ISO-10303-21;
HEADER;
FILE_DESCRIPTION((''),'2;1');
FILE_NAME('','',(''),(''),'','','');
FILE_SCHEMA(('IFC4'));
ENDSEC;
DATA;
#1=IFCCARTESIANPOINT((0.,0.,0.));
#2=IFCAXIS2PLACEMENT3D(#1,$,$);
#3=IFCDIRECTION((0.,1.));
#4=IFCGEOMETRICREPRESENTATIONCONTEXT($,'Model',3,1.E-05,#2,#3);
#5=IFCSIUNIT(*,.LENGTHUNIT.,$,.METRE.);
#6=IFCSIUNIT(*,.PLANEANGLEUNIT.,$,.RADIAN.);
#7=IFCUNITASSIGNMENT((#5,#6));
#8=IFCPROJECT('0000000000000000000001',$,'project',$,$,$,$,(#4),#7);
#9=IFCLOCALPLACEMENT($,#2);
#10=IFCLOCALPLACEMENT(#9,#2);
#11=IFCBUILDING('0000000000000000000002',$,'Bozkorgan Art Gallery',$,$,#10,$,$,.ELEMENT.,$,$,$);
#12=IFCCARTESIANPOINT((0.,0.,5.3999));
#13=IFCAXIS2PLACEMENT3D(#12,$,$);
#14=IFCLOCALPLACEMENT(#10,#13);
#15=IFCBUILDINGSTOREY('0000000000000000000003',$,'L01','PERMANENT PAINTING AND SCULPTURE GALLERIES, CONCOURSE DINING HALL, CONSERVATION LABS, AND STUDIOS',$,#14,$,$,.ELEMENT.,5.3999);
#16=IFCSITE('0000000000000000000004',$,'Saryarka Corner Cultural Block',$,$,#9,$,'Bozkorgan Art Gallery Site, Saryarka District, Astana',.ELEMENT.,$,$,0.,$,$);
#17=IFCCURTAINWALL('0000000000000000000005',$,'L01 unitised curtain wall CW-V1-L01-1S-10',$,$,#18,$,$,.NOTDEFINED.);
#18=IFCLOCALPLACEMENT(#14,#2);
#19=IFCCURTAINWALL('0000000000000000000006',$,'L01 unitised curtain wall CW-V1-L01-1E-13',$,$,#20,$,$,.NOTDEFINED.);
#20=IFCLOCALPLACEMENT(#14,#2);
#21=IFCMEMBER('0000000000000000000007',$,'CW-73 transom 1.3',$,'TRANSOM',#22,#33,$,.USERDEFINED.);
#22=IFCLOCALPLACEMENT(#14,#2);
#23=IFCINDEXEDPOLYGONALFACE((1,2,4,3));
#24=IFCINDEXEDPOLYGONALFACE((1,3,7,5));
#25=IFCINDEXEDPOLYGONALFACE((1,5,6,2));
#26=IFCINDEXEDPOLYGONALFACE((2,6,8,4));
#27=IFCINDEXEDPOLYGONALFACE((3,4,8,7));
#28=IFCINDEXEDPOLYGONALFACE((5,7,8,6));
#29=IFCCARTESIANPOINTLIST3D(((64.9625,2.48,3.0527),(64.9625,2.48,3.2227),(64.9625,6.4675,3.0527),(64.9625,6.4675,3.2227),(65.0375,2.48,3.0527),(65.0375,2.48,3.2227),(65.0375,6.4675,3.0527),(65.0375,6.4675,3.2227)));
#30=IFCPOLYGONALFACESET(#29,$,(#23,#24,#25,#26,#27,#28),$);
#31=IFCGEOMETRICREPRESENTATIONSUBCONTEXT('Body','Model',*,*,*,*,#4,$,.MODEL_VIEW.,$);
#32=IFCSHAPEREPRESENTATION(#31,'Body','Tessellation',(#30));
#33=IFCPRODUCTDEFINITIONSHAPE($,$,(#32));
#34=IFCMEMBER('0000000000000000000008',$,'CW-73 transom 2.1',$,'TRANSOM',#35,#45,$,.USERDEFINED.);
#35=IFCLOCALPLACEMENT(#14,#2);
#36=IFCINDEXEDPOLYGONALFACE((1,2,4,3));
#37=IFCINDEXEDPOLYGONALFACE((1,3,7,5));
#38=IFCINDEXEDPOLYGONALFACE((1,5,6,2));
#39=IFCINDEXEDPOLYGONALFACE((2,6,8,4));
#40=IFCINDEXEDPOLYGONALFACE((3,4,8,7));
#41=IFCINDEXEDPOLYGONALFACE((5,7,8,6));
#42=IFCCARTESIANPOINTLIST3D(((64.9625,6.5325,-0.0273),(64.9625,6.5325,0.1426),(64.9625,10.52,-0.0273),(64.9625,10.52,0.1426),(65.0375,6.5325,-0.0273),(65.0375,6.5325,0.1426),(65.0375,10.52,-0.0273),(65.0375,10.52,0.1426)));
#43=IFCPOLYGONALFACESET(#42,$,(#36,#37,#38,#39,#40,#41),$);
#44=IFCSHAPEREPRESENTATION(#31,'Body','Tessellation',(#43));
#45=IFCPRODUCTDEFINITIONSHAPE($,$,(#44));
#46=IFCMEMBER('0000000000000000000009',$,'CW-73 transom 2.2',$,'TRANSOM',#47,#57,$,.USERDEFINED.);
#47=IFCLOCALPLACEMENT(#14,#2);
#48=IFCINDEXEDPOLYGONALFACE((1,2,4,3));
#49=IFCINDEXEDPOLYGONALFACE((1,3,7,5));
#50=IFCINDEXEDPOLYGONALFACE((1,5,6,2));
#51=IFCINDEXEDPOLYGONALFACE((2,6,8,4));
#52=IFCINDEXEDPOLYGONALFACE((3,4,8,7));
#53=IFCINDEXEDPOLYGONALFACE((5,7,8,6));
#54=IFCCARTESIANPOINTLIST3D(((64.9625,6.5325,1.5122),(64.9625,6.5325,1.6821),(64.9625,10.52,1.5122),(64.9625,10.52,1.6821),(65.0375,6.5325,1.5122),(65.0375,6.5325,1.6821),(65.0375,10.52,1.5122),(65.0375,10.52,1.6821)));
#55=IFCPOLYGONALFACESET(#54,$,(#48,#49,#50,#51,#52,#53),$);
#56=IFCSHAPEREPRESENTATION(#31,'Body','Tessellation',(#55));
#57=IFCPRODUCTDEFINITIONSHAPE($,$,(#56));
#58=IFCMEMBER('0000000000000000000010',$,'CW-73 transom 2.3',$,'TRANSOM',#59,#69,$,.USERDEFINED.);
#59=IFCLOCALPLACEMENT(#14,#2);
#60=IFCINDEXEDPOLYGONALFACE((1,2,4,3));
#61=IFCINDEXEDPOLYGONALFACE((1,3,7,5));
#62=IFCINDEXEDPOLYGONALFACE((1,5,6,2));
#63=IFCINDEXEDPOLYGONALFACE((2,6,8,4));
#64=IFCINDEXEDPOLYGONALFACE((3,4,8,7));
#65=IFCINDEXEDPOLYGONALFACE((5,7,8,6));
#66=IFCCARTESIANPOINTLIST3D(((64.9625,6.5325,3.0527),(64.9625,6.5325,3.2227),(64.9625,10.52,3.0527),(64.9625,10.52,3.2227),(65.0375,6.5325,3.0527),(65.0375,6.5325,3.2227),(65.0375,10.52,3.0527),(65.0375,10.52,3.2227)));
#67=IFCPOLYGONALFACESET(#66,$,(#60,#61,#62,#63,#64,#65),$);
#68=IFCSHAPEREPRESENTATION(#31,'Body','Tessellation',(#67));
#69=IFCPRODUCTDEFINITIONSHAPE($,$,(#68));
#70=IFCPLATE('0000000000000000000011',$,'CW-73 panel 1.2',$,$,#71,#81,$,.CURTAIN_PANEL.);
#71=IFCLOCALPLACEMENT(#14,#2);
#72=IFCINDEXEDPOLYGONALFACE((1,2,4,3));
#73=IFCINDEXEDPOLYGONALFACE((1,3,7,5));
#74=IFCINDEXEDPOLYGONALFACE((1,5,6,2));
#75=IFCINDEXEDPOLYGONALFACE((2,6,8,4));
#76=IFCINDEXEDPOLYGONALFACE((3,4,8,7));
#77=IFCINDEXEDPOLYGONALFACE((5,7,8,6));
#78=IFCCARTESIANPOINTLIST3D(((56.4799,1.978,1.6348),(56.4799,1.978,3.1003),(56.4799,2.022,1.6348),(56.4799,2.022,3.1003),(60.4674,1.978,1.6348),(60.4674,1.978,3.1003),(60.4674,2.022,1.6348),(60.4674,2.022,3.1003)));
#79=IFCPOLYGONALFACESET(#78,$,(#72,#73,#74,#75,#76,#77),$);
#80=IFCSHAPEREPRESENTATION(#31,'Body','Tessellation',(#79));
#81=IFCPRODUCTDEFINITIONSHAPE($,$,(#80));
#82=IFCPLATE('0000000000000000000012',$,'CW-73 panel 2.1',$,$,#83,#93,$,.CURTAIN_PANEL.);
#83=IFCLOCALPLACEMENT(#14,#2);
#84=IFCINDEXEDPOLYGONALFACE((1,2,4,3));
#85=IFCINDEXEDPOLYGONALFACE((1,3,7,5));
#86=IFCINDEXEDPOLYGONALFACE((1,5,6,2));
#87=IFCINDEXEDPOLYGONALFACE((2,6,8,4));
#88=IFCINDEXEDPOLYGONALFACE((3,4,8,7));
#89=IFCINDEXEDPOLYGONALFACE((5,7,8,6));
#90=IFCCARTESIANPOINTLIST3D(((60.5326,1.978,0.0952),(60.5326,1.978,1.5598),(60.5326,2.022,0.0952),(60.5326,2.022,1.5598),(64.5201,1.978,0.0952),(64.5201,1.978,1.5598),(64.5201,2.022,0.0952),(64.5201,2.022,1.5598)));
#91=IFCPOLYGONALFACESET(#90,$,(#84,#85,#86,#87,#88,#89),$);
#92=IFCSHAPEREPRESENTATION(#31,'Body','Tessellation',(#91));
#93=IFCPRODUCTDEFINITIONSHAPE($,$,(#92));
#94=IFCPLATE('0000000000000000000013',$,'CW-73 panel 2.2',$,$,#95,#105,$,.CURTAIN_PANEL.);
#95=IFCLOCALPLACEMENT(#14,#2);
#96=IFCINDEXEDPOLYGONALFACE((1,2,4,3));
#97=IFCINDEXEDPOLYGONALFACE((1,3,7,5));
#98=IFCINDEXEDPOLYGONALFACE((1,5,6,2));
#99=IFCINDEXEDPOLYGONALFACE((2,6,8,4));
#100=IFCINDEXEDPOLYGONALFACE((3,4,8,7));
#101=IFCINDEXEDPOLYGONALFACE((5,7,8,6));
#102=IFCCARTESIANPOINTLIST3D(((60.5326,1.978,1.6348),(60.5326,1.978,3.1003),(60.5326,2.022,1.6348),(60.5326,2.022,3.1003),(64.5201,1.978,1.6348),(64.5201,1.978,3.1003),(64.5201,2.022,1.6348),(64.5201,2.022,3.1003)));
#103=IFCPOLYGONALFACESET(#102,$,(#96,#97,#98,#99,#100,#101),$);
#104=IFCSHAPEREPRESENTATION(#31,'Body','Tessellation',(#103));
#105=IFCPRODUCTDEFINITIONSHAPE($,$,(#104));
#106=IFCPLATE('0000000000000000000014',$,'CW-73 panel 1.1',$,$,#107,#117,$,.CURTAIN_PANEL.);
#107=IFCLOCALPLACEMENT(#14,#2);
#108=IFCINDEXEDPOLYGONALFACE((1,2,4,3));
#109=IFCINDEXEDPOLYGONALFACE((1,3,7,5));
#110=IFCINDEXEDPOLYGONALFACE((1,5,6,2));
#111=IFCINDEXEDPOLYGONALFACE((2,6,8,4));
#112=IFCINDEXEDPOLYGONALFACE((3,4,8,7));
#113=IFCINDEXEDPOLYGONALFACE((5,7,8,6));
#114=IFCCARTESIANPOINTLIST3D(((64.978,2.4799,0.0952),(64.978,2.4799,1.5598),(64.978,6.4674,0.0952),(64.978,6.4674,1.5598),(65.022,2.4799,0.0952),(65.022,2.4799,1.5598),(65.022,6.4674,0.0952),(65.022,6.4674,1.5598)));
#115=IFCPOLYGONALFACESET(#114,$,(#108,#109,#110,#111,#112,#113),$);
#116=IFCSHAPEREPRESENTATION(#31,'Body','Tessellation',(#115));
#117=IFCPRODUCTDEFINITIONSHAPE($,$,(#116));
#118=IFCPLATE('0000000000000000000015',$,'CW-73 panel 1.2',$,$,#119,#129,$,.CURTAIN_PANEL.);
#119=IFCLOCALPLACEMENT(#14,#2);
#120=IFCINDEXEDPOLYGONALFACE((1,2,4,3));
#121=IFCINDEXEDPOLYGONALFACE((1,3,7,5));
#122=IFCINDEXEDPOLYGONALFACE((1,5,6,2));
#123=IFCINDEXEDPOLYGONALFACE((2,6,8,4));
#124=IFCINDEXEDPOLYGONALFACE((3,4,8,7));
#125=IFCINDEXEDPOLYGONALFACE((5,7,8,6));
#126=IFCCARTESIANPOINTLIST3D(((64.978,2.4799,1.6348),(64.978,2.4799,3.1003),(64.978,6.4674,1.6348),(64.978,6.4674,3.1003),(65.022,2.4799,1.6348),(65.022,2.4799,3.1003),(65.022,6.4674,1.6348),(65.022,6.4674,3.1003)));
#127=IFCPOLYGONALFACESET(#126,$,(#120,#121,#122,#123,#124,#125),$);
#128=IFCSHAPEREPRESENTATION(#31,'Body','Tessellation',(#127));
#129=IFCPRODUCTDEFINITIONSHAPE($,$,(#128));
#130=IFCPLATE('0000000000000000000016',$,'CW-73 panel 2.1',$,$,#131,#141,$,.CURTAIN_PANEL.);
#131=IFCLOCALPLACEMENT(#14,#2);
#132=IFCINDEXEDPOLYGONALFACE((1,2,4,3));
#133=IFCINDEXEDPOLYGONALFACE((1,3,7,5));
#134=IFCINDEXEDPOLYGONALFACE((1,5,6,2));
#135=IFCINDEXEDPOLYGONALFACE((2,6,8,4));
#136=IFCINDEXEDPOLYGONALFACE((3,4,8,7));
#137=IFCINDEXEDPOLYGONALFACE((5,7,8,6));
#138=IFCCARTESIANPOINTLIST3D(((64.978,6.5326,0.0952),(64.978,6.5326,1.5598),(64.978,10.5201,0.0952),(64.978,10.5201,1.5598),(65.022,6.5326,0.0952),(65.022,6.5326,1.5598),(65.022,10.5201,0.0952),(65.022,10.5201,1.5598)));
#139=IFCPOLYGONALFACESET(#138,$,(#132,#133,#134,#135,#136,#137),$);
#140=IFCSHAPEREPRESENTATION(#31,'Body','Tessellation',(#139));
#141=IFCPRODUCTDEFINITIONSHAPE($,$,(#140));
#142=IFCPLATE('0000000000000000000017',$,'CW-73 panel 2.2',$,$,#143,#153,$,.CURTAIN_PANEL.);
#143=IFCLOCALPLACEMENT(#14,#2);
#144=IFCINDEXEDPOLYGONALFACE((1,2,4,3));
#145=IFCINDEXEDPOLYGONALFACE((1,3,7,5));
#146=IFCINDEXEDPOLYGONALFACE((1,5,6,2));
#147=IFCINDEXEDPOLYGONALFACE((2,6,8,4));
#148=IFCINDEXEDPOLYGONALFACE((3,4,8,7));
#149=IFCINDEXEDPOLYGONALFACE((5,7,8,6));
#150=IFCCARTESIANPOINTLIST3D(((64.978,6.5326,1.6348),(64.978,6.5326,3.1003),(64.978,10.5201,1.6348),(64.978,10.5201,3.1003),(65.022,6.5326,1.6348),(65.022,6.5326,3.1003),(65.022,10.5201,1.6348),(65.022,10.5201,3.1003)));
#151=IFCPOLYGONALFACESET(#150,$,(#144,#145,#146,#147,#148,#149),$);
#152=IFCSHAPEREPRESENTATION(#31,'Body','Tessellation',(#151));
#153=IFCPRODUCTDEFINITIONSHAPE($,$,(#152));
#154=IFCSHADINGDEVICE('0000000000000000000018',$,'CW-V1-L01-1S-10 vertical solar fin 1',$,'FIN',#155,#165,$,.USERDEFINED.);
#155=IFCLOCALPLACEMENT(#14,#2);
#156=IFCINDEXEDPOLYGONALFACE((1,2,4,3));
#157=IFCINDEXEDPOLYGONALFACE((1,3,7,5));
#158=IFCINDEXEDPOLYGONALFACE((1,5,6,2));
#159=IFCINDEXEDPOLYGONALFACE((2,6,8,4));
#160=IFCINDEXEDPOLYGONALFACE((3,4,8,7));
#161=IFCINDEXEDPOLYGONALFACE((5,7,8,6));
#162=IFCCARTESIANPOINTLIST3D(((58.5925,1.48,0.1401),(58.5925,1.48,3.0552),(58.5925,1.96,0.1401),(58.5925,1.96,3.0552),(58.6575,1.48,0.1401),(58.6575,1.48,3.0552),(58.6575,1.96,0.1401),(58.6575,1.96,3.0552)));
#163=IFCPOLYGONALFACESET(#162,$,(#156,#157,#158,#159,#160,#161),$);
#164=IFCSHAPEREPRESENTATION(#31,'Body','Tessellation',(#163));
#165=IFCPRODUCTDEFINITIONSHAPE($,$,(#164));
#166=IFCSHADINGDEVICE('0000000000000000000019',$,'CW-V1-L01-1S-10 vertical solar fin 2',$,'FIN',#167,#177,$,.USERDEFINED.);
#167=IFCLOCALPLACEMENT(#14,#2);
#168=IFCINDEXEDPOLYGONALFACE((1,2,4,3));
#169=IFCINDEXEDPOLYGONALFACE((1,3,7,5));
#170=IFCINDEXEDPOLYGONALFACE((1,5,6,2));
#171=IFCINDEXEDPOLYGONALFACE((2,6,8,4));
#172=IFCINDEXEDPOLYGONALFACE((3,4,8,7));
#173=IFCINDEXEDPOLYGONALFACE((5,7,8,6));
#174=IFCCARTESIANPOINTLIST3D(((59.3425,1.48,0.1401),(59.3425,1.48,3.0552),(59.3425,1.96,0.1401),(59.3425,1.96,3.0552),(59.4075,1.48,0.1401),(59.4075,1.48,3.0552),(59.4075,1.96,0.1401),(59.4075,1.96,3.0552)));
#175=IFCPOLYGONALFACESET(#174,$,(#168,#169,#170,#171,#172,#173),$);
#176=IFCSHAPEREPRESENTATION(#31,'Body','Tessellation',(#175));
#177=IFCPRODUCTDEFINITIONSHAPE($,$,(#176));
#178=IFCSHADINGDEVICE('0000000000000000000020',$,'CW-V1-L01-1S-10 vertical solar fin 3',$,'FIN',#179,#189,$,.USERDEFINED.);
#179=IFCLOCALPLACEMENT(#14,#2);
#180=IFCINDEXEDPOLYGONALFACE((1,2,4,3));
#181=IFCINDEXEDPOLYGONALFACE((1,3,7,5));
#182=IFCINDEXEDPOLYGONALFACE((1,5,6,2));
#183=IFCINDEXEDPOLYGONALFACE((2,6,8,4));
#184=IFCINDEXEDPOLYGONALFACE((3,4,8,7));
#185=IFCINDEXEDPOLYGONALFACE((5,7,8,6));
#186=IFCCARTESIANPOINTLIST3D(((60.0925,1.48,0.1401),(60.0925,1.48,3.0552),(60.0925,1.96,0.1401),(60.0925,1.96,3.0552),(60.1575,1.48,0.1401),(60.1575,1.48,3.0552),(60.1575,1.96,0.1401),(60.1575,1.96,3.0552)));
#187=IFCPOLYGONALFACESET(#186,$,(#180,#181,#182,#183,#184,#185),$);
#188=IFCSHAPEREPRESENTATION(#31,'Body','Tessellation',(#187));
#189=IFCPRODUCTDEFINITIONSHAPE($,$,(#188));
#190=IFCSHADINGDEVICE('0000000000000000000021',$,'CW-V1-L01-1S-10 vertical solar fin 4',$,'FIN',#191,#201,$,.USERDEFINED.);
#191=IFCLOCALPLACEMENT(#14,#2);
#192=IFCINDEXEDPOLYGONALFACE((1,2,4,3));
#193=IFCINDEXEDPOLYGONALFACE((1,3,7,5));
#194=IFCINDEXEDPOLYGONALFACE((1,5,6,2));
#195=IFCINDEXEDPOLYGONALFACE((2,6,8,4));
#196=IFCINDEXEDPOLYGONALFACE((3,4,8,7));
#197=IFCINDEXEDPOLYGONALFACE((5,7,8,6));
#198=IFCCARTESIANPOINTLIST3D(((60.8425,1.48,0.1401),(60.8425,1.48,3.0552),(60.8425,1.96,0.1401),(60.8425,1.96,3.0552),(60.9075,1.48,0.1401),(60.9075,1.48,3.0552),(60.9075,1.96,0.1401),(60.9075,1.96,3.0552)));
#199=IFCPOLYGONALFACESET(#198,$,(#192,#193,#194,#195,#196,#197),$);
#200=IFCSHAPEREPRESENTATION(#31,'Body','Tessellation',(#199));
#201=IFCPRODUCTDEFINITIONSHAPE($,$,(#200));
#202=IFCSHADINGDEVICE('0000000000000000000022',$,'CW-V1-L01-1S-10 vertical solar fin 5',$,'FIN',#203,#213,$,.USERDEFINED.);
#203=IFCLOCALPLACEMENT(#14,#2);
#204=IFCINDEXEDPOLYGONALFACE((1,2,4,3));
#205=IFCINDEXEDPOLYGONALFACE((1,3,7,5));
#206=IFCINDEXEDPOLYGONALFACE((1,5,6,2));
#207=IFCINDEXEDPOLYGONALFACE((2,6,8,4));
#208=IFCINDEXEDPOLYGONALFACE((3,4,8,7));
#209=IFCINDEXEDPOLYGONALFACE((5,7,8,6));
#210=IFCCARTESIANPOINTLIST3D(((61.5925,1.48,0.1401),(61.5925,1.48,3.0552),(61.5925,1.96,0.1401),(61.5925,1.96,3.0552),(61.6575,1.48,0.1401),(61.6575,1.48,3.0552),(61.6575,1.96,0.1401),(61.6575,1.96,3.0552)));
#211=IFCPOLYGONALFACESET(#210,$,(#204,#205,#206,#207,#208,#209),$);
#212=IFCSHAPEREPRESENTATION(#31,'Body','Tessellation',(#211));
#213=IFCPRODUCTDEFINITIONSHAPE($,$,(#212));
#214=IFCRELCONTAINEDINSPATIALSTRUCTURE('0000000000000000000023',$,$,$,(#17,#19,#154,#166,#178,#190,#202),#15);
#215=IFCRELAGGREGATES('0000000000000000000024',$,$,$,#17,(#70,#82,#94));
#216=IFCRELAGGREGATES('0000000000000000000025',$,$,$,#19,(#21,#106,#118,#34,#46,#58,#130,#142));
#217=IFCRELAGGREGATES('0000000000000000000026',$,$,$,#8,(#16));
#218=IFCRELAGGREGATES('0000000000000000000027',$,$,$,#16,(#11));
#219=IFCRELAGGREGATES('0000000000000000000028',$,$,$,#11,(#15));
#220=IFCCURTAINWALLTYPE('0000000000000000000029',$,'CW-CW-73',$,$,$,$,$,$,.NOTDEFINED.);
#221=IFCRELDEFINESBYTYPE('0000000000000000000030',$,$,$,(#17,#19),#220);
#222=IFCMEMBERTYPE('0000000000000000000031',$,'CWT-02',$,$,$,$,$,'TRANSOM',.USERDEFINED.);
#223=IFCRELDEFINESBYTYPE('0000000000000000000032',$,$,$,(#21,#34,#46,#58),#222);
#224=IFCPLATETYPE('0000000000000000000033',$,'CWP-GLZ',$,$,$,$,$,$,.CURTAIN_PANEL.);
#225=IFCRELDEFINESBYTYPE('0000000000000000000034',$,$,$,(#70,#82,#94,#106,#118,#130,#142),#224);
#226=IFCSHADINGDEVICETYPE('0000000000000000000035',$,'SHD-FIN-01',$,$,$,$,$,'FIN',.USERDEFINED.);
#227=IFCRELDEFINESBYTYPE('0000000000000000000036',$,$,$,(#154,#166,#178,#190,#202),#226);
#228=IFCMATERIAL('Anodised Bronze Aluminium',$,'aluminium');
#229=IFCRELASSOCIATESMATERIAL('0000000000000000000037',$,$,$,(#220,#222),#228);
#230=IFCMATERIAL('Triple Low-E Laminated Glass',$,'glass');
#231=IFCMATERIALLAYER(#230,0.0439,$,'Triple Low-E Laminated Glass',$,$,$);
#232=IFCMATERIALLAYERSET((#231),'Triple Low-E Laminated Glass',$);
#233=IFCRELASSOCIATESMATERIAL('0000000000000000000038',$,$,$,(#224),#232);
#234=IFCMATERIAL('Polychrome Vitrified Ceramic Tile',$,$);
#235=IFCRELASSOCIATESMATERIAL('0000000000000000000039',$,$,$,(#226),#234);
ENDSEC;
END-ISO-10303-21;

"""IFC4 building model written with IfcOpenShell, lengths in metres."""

from ifc_helpers import new_model, si_unit, direction, frame, origin, origin_2d, place, context, subcontext, project, spatial, rectangle, extrude, material, layer, layer_set, material_profile, profile_set, type_object, element, aggregate, save


model = new_model("IFC4")

# Units and contexts
model_context = context("Model", 3, precision=1e-05, world=origin(), true_north=direction((0.0, 1.0)))
body_context = subcontext(model_context, "Body", "Model", "MODEL_VIEW")
ifc_project = project(units=[si_unit("LENGTHUNIT", "METRE"), si_unit("PLANEANGLEUNIT", "RADIAN")], contexts=[model_context])

# Site, building, storey
site_placement = place(None, origin())
site = spatial("IfcSite", under=ifc_project, at=site_placement, Name="Saryarka Corner Cultural Block", LongName="Bozkorgan Art Gallery Site, Saryarka District, Astana", CompositionType="ELEMENT", RefElevation=0.0)
building_placement = place(site_placement, origin())
building = spatial("IfcBuilding", under=site, at=building_placement, Name="Bozkorgan Art Gallery", CompositionType="ELEMENT")
storey_placement = place(building_placement, frame((0.0, 0.0, 5.3999)))
storey = spatial("IfcBuildingStorey", under=building, at=storey_placement, Name="L01", Description="PERMANENT PAINTING AND SCULPTURE GALLERIES, CONCOURSE DINING HALL, CONSERVATION LABS, AND STUDIOS", CompositionType="ELEMENT", Elevation=5.3999)

# Curtain walls
ifc_material_1 = material(Name="Anodised Bronze Aluminium", Category="aluminium")
curtain_wall_type = type_object("IfcCurtainWallType", Name="CW-CW-73", PredefinedType="NOTDEFINED", material=ifc_material_1)
curtain_wall_1_placement = place(storey_placement, origin())
curtain_wall_1 = element("IfcCurtainWall", 1, at=curtain_wall_1_placement, inside=storey, type_object=curtain_wall_type, Name="L01 unitised curtain wall CW-V1-L01-1S-10", PredefinedType="NOTDEFINED")
curtain_wall_2_placement = place(storey_placement, origin())
curtain_wall_2 = element("IfcCurtainWall", 2, at=curtain_wall_2_placement, inside=storey, type_object=curtain_wall_type, Name="L01 unitised curtain wall CW-V1-L01-1E-13", PredefinedType="NOTDEFINED")

# Members
ifc_material_profile_1 = material_profile(ifc_material_1, rectangle(XDim=0.075, YDim=0.1699, at=origin_2d()), Name="ALU TRANSOM 75x170")
ifc_profile_set_1 = profile_set([ifc_material_profile_1], Name="Anodised Bronze Aluminium")
member_type_1 = type_object("IfcMemberType", Name="CWT-02", ElementType="TRANSOM", PredefinedType="USERDEFINED", material=ifc_profile_set_1)
member_1_placement = place(storey_placement, frame((65.0, 2.48, 3.1377), z_axis=(0.0, 1.0, 0.0), x_axis=(-1.0, 0.0, 0.0)))
member_1 = element("IfcMember", 3, at=member_1_placement, type_object=member_type_1, Name="CW-73 transom 1.3", ObjectType="TRANSOM", PredefinedType="USERDEFINED", context=body_context, shape_type="SweptSolid", body=[
    extrude(rectangle(XDim=0.075, YDim=0.1699, at=origin_2d()), origin(), (0.0, 0.0, 1.0), 3.9875),
])
member_2_placement = place(storey_placement, frame((65.0, 6.5325, 0.0576), z_axis=(0.0, 1.0, 0.0), x_axis=(-1.0, 0.0, 0.0)))
member_2 = element("IfcMember", 4, at=member_2_placement, type_object=member_type_1, Name="CW-73 transom 2.1", ObjectType="TRANSOM", PredefinedType="USERDEFINED", context=body_context, shape_type="SweptSolid", body=[
    extrude(rectangle(XDim=0.075, YDim=0.1699, at=origin_2d()), origin(), (0.0, 0.0, 1.0), 3.9875),
])
member_3_placement = place(storey_placement, frame((65.0, 6.5325, 1.5972), z_axis=(0.0, 1.0, 0.0), x_axis=(-1.0, 0.0, 0.0)))
member_3 = element("IfcMember", 5, at=member_3_placement, type_object=member_type_1, Name="CW-73 transom 2.2", ObjectType="TRANSOM", PredefinedType="USERDEFINED", context=body_context, shape_type="SweptSolid", body=[
    extrude(rectangle(XDim=0.075, YDim=0.1699, at=origin_2d()), origin(), (0.0, 0.0, 1.0), 3.9875),
])
member_4_placement = place(storey_placement, frame((65.0, 6.5325, 3.1377), z_axis=(0.0, 1.0, 0.0), x_axis=(-1.0, 0.0, 0.0)))
member_4 = element("IfcMember", 6, at=member_4_placement, type_object=member_type_1, Name="CW-73 transom 2.3", ObjectType="TRANSOM", PredefinedType="USERDEFINED", context=body_context, shape_type="SweptSolid", body=[
    extrude(rectangle(XDim=0.075, YDim=0.1699, at=origin_2d()), origin(), (0.0, 0.0, 1.0), 3.9875),
])

# Plates
ifc_material_2 = material(Name="Triple Low-E Laminated Glass", Category="glass")
ifc_layer = layer(ifc_material_2, 0.0439, Name="Triple Low-E Laminated Glass")
ifc_layer_set = layer_set([ifc_layer], Name="Triple Low-E Laminated Glass")
plate_type = type_object("IfcPlateType", Name="CWP-GLZ", PredefinedType="CURTAIN_PANEL", material=ifc_layer_set)
plate_1_placement = place(storey_placement, frame((58.4736, 2.0, 1.6348), z_axis=(0.0, 0.0, 1.0), x_axis=(1.0, 0.0, 0.0)))
plate_1 = element("IfcPlate", 7, at=plate_1_placement, type_object=plate_type, Name="CW-73 panel 1.2", PredefinedType="CURTAIN_PANEL", context=body_context, shape_type="SweptSolid", body=[
    extrude(rectangle(XDim=3.9875, YDim=0.0439, at=origin_2d()), origin(), (0.0, 0.0, 1.0), 1.4656),
])
plate_2_placement = place(storey_placement, frame((62.5264, 2.0, 0.0952), z_axis=(0.0, 0.0, 1.0), x_axis=(1.0, 0.0, 0.0)))
plate_2 = element("IfcPlate", 8, at=plate_2_placement, type_object=plate_type, Name="CW-73 panel 2.1", PredefinedType="CURTAIN_PANEL", context=body_context, shape_type="SweptSolid", body=[
    extrude(rectangle(XDim=3.9875, YDim=0.0439, at=origin_2d()), origin(), (0.0, 0.0, 1.0), 1.4646),
])
plate_3_placement = place(storey_placement, frame((62.5264, 2.0, 1.6348), z_axis=(0.0, 0.0, 1.0), x_axis=(1.0, 0.0, 0.0)))
plate_3 = element("IfcPlate", 9, at=plate_3_placement, type_object=plate_type, Name="CW-73 panel 2.2", PredefinedType="CURTAIN_PANEL", context=body_context, shape_type="SweptSolid", body=[
    extrude(rectangle(XDim=3.9875, YDim=0.0439, at=origin_2d()), origin(), (0.0, 0.0, 1.0), 1.4656),
])
aggregate(curtain_wall_1, [plate_1, plate_2, plate_3])
plate_4_placement = place(storey_placement, frame((65.0, 4.4736, 0.0952), z_axis=(0.0, 0.0, 1.0), x_axis=(0.0, 1.0, 0.0)))
plate_4 = element("IfcPlate", 10, at=plate_4_placement, type_object=plate_type, Name="CW-73 panel 1.1", PredefinedType="CURTAIN_PANEL", context=body_context, shape_type="SweptSolid", body=[
    extrude(rectangle(XDim=3.9875, YDim=0.0439, at=origin_2d()), origin(), (0.0, 0.0, 1.0), 1.4646),
])
plate_5_placement = place(storey_placement, frame((65.0, 4.4736, 1.6348), z_axis=(0.0, 0.0, 1.0), x_axis=(0.0, 1.0, 0.0)))
plate_5 = element("IfcPlate", 11, at=plate_5_placement, type_object=plate_type, Name="CW-73 panel 1.2", PredefinedType="CURTAIN_PANEL", context=body_context, shape_type="SweptSolid", body=[
    extrude(rectangle(XDim=3.9875, YDim=0.0439, at=origin_2d()), origin(), (0.0, 0.0, 1.0), 1.4656),
])
plate_6_placement = place(storey_placement, frame((65.0, 8.5264, 0.0952), z_axis=(0.0, 0.0, 1.0), x_axis=(0.0, 1.0, 0.0)))
plate_6 = element("IfcPlate", 12, at=plate_6_placement, type_object=plate_type, Name="CW-73 panel 2.1", PredefinedType="CURTAIN_PANEL", context=body_context, shape_type="SweptSolid", body=[
    extrude(rectangle(XDim=3.9875, YDim=0.0439, at=origin_2d()), origin(), (0.0, 0.0, 1.0), 1.4646),
])
plate_7_placement = place(storey_placement, frame((65.0, 8.5264, 1.6348), z_axis=(0.0, 0.0, 1.0), x_axis=(0.0, 1.0, 0.0)))
plate_7 = element("IfcPlate", 13, at=plate_7_placement, type_object=plate_type, Name="CW-73 panel 2.2", PredefinedType="CURTAIN_PANEL", context=body_context, shape_type="SweptSolid", body=[
    extrude(rectangle(XDim=3.9875, YDim=0.0439, at=origin_2d()), origin(), (0.0, 0.0, 1.0), 1.4656),
])
aggregate(curtain_wall_2, [member_1, plate_4, plate_5, member_2, member_3, member_4, plate_6, plate_7])

# Shading devices
ifc_material_3 = material(Name="Polychrome Vitrified Ceramic Tile")
shading_device_type = type_object("IfcShadingDeviceType", Name="SHD-FIN-01", ElementType="FIN", PredefinedType="USERDEFINED", material=ifc_material_3)
for number, where, z_axis, x_axis, name in (
    (14, (58.625, 1.72, 0.1401), (0.0, 0.0, 1.0), (0.0, -1.0, 0.0), "CW-V1-L01-1S-10 vertical solar fin 1"),
    (15, (59.375, 1.72, 0.1401), (0.0, 0.0, 1.0), (0.0, -1.0, 0.0), "CW-V1-L01-1S-10 vertical solar fin 2"),
    (16, (60.125, 1.72, 0.1401), (0.0, 0.0, 1.0), (0.0, -1.0, 0.0), "CW-V1-L01-1S-10 vertical solar fin 3"),
    (17, (60.875, 1.72, 0.1401), (0.0, 0.0, 1.0), (0.0, -1.0, 0.0), "CW-V1-L01-1S-10 vertical solar fin 4"),
    (18, (61.625, 1.72, 0.1401), (0.0, 0.0, 1.0), (0.0, -1.0, 0.0), "CW-V1-L01-1S-10 vertical solar fin 5"),
):
    element("IfcShadingDevice", number, at=place(storey_placement, frame(where, z_axis=z_axis, x_axis=x_axis)), inside=storey, type_object=shading_device_type, Name=name, ObjectType="FIN", PredefinedType="USERDEFINED", context=body_context, shape_type="SweptSolid", body=[
        extrude(rectangle(XDim=0.48, YDim=0.0649, at=origin_2d()), origin(), (0.0, 0.0, 1.0), 2.915),
    ])

save(model, "model.ifc")
